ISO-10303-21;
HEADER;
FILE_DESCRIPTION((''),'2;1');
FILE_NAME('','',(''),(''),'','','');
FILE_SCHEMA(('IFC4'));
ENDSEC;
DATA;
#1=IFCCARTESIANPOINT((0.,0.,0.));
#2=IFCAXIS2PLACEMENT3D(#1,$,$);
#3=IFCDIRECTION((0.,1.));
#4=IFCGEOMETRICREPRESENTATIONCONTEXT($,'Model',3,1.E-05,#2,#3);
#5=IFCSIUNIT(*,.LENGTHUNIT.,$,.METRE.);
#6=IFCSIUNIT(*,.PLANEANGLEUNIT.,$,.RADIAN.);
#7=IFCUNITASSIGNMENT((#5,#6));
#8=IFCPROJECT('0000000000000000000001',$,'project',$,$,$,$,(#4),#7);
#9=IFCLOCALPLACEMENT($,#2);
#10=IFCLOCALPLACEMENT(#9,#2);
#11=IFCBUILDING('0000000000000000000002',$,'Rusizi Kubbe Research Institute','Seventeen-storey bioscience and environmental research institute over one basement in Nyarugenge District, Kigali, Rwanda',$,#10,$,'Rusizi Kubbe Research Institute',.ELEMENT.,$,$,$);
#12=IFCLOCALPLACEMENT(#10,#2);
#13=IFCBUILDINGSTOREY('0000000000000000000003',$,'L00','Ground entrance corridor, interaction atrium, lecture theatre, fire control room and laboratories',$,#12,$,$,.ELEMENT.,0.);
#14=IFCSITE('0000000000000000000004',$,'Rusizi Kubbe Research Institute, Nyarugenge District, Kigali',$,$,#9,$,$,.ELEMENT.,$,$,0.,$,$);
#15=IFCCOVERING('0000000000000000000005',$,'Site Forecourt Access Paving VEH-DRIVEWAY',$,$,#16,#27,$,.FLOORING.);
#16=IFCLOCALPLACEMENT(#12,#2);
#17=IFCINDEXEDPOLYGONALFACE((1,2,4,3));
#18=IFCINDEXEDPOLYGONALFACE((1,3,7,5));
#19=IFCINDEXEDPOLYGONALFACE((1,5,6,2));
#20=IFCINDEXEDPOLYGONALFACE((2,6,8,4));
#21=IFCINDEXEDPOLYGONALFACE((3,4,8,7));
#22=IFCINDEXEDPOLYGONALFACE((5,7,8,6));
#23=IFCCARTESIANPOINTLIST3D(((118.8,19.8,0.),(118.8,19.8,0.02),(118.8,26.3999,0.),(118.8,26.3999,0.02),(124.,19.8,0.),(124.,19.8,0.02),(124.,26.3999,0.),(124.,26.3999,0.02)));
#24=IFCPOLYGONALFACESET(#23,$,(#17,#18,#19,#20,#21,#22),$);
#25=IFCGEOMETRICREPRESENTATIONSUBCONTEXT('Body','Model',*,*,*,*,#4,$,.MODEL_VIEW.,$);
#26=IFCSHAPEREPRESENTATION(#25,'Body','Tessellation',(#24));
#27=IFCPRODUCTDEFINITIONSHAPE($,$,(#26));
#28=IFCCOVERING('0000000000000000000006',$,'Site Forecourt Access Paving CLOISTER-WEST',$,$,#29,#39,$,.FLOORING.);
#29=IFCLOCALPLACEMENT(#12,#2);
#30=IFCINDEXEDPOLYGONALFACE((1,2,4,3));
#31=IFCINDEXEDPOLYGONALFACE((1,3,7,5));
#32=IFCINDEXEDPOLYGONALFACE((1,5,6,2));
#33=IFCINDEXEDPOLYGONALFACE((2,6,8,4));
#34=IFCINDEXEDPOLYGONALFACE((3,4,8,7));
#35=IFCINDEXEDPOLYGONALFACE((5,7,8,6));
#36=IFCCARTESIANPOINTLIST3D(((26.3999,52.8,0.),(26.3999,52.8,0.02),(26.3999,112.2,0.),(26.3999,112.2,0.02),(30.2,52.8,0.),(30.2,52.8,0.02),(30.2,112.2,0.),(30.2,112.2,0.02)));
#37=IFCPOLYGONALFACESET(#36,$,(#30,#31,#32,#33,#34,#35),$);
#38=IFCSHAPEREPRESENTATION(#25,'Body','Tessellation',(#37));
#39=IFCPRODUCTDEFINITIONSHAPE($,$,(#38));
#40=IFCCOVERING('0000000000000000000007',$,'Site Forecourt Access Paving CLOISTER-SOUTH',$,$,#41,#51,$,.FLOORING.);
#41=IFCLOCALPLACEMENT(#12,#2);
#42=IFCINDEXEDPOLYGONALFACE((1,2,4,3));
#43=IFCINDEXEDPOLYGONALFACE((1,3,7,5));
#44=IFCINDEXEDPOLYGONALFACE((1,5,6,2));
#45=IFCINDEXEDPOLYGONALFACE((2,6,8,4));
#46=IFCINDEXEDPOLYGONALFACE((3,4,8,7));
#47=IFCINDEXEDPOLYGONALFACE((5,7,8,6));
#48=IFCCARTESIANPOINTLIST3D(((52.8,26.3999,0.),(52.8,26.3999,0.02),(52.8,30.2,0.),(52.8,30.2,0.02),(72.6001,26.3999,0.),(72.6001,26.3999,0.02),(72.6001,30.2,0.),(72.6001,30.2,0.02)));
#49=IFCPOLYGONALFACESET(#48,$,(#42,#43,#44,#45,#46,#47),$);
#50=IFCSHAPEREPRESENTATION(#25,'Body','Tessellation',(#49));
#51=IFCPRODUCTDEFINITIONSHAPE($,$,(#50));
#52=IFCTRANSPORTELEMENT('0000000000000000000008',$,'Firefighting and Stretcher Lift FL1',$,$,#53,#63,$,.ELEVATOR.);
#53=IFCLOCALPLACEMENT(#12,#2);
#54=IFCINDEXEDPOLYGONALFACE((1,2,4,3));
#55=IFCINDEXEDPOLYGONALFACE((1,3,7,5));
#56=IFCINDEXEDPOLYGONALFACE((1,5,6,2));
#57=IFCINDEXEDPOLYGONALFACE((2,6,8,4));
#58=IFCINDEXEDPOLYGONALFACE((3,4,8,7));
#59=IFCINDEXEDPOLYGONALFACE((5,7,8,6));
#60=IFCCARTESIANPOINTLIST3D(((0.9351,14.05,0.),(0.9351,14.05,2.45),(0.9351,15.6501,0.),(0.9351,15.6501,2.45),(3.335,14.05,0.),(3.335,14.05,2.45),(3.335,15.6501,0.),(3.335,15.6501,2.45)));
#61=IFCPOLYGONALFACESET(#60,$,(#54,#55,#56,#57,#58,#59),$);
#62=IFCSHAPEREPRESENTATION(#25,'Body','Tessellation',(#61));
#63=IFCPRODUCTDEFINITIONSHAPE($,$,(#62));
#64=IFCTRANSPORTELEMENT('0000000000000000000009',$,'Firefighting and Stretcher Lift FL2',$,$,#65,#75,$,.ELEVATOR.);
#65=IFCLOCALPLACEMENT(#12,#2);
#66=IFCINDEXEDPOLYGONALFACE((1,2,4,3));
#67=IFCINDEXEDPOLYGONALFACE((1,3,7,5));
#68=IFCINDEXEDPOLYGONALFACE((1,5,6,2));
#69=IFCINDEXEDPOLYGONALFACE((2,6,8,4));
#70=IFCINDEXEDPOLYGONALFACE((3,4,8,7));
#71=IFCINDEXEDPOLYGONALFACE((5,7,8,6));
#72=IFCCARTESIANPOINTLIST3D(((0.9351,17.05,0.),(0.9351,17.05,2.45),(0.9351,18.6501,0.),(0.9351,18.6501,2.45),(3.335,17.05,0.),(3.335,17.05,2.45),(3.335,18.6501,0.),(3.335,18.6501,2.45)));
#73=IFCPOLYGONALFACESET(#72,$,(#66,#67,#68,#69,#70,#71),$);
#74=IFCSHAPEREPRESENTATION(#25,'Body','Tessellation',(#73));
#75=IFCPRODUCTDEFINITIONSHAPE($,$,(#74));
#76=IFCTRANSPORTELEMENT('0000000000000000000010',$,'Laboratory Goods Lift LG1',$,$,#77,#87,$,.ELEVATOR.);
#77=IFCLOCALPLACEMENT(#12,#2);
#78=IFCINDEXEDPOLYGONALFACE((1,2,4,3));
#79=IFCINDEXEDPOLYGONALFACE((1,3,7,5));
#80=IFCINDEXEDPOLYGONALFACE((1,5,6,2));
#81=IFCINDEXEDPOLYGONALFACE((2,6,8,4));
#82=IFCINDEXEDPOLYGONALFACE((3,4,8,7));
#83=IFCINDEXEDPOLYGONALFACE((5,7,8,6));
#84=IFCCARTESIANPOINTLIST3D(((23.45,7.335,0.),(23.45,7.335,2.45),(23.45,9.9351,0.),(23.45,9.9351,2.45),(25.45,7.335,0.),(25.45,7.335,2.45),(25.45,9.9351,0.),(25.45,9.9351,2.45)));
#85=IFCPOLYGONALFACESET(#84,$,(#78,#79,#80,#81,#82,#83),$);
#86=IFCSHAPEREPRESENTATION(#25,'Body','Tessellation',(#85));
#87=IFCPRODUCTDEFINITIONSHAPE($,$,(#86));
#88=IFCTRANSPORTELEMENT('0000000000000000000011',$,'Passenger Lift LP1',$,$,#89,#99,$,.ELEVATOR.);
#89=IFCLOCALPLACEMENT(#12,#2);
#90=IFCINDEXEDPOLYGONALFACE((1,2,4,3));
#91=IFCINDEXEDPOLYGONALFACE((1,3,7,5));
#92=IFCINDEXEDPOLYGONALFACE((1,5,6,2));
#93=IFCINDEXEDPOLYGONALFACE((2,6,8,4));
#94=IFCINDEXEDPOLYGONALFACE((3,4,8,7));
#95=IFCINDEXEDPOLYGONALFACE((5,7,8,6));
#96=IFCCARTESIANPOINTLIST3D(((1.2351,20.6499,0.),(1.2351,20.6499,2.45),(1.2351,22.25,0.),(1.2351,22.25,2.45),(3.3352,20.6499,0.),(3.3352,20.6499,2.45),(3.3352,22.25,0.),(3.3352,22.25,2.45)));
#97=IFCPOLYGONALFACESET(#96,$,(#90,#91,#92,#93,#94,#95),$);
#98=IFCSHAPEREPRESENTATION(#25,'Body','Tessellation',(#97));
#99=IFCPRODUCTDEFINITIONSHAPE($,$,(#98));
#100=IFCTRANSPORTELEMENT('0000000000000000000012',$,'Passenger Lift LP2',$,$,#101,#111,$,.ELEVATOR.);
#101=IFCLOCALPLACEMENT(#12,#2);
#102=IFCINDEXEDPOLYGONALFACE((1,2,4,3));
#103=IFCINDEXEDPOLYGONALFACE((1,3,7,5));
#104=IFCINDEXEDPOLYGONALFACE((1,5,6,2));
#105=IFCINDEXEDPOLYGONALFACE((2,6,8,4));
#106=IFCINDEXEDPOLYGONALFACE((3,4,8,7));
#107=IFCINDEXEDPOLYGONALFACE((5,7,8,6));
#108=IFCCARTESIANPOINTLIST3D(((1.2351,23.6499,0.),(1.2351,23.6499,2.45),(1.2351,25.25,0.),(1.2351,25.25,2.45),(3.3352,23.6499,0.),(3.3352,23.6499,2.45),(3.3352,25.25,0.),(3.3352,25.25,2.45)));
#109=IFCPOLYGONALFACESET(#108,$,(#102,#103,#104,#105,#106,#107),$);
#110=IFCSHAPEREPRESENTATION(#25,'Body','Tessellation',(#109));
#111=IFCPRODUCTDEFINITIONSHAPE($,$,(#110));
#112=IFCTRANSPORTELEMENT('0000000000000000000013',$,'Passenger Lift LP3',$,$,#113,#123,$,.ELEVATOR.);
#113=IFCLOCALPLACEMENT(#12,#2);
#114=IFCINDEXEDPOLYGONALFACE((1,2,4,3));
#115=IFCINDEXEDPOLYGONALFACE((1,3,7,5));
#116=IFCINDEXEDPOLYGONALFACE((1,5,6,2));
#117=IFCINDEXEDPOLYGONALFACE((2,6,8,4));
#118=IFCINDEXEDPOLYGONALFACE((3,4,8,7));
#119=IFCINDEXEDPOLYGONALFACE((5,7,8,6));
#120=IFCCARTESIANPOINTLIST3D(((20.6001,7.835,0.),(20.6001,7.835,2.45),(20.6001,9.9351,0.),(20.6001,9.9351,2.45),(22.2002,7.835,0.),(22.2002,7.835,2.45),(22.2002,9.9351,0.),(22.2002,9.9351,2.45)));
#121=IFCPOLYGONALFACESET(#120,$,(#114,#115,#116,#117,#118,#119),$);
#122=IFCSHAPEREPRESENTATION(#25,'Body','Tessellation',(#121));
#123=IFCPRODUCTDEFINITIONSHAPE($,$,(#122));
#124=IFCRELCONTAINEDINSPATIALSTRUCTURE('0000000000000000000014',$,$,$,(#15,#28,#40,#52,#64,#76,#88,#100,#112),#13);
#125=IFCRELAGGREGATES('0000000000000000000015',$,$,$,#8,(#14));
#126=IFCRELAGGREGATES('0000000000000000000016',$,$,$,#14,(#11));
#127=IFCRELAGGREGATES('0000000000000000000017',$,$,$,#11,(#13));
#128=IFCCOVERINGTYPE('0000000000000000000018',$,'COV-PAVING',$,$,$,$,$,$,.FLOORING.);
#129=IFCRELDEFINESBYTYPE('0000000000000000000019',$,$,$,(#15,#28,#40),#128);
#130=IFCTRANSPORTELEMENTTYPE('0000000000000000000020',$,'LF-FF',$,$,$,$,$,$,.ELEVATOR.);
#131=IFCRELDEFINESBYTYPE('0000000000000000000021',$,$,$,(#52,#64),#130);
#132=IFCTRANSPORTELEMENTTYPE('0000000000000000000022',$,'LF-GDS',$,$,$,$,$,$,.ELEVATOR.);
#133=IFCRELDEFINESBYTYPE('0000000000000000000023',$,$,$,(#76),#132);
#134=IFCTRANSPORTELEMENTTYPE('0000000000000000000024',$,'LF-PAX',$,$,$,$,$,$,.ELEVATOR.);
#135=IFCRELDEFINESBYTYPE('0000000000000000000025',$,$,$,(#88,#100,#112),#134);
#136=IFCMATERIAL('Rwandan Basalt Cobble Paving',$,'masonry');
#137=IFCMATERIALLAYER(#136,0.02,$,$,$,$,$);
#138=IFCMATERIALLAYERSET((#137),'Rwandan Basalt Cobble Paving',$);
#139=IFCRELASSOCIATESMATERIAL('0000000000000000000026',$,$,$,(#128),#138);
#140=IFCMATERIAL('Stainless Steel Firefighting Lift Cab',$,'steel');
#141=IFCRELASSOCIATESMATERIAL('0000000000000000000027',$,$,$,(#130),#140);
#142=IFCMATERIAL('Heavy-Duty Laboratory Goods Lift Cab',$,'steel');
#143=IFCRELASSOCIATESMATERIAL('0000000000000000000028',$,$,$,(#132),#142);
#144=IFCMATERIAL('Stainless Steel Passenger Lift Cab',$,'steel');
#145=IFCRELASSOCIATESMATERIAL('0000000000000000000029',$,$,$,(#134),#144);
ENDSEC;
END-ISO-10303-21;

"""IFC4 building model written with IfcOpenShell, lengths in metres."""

from ifc_helpers import new_model, si_unit, direction, frame, frame_2d, origin, origin_with_axes, place, context, subcontext, project, spatial, polyline, rectangle, outline, extrude, material, layer, layer_set, type_object, element, save


model = new_model("IFC4")

# Units and contexts
model_context = context("Model", 3, precision=1e-05, world=origin(), true_north=direction((0.0, 1.0)))
body_context = subcontext(model_context, "Body", "Model", "MODEL_VIEW")
ifc_project = project(units=[si_unit("LENGTHUNIT", "METRE"), si_unit("PLANEANGLEUNIT", "RADIAN")], contexts=[model_context])

# Site, building, storey
site_placement = place(None, origin())
site = spatial("IfcSite", under=ifc_project, at=site_placement, Name="Rusizi Kubbe Research Institute, Nyarugenge District, Kigali", CompositionType="ELEMENT", RefElevation=0.0)
building_placement = place(site_placement, origin())
building = spatial("IfcBuilding", under=site, at=building_placement, Name="Rusizi Kubbe Research Institute", Description="Seventeen-storey bioscience and environmental research institute over one basement in Nyarugenge District, Kigali, Rwanda", LongName="Rusizi Kubbe Research Institute", CompositionType="ELEMENT")
storey_placement = place(building_placement, origin())
storey = spatial("IfcBuildingStorey", under=building, at=storey_placement, Name="L00", Description="Ground entrance corridor, interaction atrium, lecture theatre, fire control room and laboratories", CompositionType="ELEMENT", Elevation=0.0)

# Coverings
ifc_material_1 = material(Name="Rwandan Basalt Cobble Paving", Category="masonry")
ifc_layer_1 = layer(ifc_material_1, 0.02)
ifc_layer_set_1 = layer_set([ifc_layer_1], Name="Rwandan Basalt Cobble Paving")
covering_type = type_object("IfcCoveringType", Name="COV-PAVING", PredefinedType="FLOORING", material=ifc_layer_set_1)
covering_1_placement = place(storey_placement, origin())
element("IfcCovering", 1, at=covering_1_placement, inside=storey, type_object=covering_type, Name="Site Forecourt Access Paving VEH-DRIVEWAY", PredefinedType="FLOORING", context=body_context, shape_type="SweptSolid", body=[
    extrude(outline(polyline([(118.8, 19.8), (118.8, 26.3999), (124.0, 26.3999), (124.0, 19.8), (118.8, 19.8)])), origin(), (0.0, 0.0, 1.0), 0.02),
])
covering_2_placement = place(storey_placement, origin())
element("IfcCovering", 2, at=covering_2_placement, inside=storey, type_object=covering_type, Name="Site Forecourt Access Paving CLOISTER-WEST", PredefinedType="FLOORING", context=body_context, shape_type="SweptSolid", body=[
    extrude(outline(polyline([(26.3999, 52.8), (26.3999, 112.2), (30.2, 112.2), (30.2, 52.8), (26.3999, 52.8)])), origin(), (0.0, 0.0, 1.0), 0.02),
])
covering_3_placement = place(storey_placement, origin())
element("IfcCovering", 3, at=covering_3_placement, inside=storey, type_object=covering_type, Name="Site Forecourt Access Paving CLOISTER-SOUTH", PredefinedType="FLOORING", context=body_context, shape_type="SweptSolid", body=[
    extrude(outline(polyline([(52.8, 26.3999), (52.8, 30.2), (72.6001, 30.2), (72.6001, 26.3999), (52.8, 26.3999)])), origin(), (0.0, 0.0, 1.0), 0.02),
])

# Transport elements
ifc_material_2 = material(Name="Stainless Steel Firefighting Lift Cab", Category="steel")
transport_element_type_1 = type_object("IfcTransportElementType", Name="LF-FF", PredefinedType="ELEVATOR", material=ifc_material_2)
transport_element_1_placement = place(storey_placement, origin_with_axes())
element("IfcTransportElement", 4, at=transport_element_1_placement, inside=storey, type_object=transport_element_type_1, Name="Firefighting and Stretcher Lift FL1", PredefinedType="ELEVATOR", context=body_context, shape_type="SweptSolid", body=[
    extrude(rectangle(XDim=2.3999, YDim=1.6001, at=frame_2d((1.2, 0.8))), frame((0.9351, 14.05, 0.0), z_axis=(0.0, 0.0, 1.0), x_axis=(1.0, 0.0, 0.0)), (0.0, 0.0, 1.0), 2.45),
])
transport_element_2_placement = place(storey_placement, origin_with_axes())
element("IfcTransportElement", 5, at=transport_element_2_placement, inside=storey, type_object=transport_element_type_1, Name="Firefighting and Stretcher Lift FL2", PredefinedType="ELEVATOR", context=body_context, shape_type="SweptSolid", body=[
    extrude(rectangle(XDim=2.3999, YDim=1.6001, at=frame_2d((1.2, 0.8))), frame((0.9351, 17.05, 0.0), z_axis=(0.0, 0.0, 1.0), x_axis=(1.0, 0.0, 0.0)), (0.0, 0.0, 1.0), 2.45),
])
ifc_material_3 = material(Name="Heavy-Duty Laboratory Goods Lift Cab", Category="steel")
transport_element_type_2 = type_object("IfcTransportElementType", Name="LF-GDS", PredefinedType="ELEVATOR", material=ifc_material_3)
transport_element_3_placement = place(storey_placement, origin_with_axes())
element("IfcTransportElement", 6, at=transport_element_3_placement, inside=storey, type_object=transport_element_type_2, Name="Laboratory Goods Lift LG1", PredefinedType="ELEVATOR", context=body_context, shape_type="SweptSolid", body=[
    extrude(rectangle(XDim=2.0, YDim=2.6001, at=frame_2d((1.0, 1.3))), frame((23.45, 7.335, 0.0), z_axis=(0.0, 0.0, 1.0), x_axis=(1.0, 0.0, 0.0)), (0.0, 0.0, 1.0), 2.45),
])
ifc_material_4 = material(Name="Stainless Steel Passenger Lift Cab", Category="steel")
transport_element_type_3 = type_object("IfcTransportElementType", Name="LF-PAX", PredefinedType="ELEVATOR", material=ifc_material_4)
transport_element_4_placement = place(storey_placement, origin_with_axes())
element("IfcTransportElement", 7, at=transport_element_4_placement, inside=storey, type_object=transport_element_type_3, Name="Passenger Lift LP1", PredefinedType="ELEVATOR", context=body_context, shape_type="SweptSolid", body=[
    extrude(rectangle(XDim=2.1001, YDim=1.6001, at=frame_2d((1.05, 0.8))), frame((1.2351, 20.6499, 0.0), z_axis=(0.0, 0.0, 1.0), x_axis=(1.0, 0.0, 0.0)), (0.0, 0.0, 1.0), 2.45),
])
transport_element_5_placement = place(storey_placement, origin_with_axes())
element("IfcTransportElement", 8, at=transport_element_5_placement, inside=storey, type_object=transport_element_type_3, Name="Passenger Lift LP2", PredefinedType="ELEVATOR", context=body_context, shape_type="SweptSolid", body=[
    extrude(rectangle(XDim=2.1001, YDim=1.6001, at=frame_2d((1.05, 0.8))), frame((1.2351, 23.6499, 0.0), z_axis=(0.0, 0.0, 1.0), x_axis=(1.0, 0.0, 0.0)), (0.0, 0.0, 1.0), 2.45),
])
transport_element_6_placement = place(storey_placement, origin_with_axes())
element("IfcTransportElement", 9, at=transport_element_6_placement, inside=storey, type_object=transport_element_type_3, Name="Passenger Lift LP3", PredefinedType="ELEVATOR", context=body_context, shape_type="SweptSolid", body=[
    extrude(rectangle(XDim=1.6001, YDim=2.1001, at=frame_2d((0.8, 1.05))), frame((20.6001, 7.835, 0.0), z_axis=(0.0, 0.0, 1.0), x_axis=(1.0, 0.0, 0.0)), (0.0, 0.0, 1.0), 2.45),
])

save(model, "model.ifc")
